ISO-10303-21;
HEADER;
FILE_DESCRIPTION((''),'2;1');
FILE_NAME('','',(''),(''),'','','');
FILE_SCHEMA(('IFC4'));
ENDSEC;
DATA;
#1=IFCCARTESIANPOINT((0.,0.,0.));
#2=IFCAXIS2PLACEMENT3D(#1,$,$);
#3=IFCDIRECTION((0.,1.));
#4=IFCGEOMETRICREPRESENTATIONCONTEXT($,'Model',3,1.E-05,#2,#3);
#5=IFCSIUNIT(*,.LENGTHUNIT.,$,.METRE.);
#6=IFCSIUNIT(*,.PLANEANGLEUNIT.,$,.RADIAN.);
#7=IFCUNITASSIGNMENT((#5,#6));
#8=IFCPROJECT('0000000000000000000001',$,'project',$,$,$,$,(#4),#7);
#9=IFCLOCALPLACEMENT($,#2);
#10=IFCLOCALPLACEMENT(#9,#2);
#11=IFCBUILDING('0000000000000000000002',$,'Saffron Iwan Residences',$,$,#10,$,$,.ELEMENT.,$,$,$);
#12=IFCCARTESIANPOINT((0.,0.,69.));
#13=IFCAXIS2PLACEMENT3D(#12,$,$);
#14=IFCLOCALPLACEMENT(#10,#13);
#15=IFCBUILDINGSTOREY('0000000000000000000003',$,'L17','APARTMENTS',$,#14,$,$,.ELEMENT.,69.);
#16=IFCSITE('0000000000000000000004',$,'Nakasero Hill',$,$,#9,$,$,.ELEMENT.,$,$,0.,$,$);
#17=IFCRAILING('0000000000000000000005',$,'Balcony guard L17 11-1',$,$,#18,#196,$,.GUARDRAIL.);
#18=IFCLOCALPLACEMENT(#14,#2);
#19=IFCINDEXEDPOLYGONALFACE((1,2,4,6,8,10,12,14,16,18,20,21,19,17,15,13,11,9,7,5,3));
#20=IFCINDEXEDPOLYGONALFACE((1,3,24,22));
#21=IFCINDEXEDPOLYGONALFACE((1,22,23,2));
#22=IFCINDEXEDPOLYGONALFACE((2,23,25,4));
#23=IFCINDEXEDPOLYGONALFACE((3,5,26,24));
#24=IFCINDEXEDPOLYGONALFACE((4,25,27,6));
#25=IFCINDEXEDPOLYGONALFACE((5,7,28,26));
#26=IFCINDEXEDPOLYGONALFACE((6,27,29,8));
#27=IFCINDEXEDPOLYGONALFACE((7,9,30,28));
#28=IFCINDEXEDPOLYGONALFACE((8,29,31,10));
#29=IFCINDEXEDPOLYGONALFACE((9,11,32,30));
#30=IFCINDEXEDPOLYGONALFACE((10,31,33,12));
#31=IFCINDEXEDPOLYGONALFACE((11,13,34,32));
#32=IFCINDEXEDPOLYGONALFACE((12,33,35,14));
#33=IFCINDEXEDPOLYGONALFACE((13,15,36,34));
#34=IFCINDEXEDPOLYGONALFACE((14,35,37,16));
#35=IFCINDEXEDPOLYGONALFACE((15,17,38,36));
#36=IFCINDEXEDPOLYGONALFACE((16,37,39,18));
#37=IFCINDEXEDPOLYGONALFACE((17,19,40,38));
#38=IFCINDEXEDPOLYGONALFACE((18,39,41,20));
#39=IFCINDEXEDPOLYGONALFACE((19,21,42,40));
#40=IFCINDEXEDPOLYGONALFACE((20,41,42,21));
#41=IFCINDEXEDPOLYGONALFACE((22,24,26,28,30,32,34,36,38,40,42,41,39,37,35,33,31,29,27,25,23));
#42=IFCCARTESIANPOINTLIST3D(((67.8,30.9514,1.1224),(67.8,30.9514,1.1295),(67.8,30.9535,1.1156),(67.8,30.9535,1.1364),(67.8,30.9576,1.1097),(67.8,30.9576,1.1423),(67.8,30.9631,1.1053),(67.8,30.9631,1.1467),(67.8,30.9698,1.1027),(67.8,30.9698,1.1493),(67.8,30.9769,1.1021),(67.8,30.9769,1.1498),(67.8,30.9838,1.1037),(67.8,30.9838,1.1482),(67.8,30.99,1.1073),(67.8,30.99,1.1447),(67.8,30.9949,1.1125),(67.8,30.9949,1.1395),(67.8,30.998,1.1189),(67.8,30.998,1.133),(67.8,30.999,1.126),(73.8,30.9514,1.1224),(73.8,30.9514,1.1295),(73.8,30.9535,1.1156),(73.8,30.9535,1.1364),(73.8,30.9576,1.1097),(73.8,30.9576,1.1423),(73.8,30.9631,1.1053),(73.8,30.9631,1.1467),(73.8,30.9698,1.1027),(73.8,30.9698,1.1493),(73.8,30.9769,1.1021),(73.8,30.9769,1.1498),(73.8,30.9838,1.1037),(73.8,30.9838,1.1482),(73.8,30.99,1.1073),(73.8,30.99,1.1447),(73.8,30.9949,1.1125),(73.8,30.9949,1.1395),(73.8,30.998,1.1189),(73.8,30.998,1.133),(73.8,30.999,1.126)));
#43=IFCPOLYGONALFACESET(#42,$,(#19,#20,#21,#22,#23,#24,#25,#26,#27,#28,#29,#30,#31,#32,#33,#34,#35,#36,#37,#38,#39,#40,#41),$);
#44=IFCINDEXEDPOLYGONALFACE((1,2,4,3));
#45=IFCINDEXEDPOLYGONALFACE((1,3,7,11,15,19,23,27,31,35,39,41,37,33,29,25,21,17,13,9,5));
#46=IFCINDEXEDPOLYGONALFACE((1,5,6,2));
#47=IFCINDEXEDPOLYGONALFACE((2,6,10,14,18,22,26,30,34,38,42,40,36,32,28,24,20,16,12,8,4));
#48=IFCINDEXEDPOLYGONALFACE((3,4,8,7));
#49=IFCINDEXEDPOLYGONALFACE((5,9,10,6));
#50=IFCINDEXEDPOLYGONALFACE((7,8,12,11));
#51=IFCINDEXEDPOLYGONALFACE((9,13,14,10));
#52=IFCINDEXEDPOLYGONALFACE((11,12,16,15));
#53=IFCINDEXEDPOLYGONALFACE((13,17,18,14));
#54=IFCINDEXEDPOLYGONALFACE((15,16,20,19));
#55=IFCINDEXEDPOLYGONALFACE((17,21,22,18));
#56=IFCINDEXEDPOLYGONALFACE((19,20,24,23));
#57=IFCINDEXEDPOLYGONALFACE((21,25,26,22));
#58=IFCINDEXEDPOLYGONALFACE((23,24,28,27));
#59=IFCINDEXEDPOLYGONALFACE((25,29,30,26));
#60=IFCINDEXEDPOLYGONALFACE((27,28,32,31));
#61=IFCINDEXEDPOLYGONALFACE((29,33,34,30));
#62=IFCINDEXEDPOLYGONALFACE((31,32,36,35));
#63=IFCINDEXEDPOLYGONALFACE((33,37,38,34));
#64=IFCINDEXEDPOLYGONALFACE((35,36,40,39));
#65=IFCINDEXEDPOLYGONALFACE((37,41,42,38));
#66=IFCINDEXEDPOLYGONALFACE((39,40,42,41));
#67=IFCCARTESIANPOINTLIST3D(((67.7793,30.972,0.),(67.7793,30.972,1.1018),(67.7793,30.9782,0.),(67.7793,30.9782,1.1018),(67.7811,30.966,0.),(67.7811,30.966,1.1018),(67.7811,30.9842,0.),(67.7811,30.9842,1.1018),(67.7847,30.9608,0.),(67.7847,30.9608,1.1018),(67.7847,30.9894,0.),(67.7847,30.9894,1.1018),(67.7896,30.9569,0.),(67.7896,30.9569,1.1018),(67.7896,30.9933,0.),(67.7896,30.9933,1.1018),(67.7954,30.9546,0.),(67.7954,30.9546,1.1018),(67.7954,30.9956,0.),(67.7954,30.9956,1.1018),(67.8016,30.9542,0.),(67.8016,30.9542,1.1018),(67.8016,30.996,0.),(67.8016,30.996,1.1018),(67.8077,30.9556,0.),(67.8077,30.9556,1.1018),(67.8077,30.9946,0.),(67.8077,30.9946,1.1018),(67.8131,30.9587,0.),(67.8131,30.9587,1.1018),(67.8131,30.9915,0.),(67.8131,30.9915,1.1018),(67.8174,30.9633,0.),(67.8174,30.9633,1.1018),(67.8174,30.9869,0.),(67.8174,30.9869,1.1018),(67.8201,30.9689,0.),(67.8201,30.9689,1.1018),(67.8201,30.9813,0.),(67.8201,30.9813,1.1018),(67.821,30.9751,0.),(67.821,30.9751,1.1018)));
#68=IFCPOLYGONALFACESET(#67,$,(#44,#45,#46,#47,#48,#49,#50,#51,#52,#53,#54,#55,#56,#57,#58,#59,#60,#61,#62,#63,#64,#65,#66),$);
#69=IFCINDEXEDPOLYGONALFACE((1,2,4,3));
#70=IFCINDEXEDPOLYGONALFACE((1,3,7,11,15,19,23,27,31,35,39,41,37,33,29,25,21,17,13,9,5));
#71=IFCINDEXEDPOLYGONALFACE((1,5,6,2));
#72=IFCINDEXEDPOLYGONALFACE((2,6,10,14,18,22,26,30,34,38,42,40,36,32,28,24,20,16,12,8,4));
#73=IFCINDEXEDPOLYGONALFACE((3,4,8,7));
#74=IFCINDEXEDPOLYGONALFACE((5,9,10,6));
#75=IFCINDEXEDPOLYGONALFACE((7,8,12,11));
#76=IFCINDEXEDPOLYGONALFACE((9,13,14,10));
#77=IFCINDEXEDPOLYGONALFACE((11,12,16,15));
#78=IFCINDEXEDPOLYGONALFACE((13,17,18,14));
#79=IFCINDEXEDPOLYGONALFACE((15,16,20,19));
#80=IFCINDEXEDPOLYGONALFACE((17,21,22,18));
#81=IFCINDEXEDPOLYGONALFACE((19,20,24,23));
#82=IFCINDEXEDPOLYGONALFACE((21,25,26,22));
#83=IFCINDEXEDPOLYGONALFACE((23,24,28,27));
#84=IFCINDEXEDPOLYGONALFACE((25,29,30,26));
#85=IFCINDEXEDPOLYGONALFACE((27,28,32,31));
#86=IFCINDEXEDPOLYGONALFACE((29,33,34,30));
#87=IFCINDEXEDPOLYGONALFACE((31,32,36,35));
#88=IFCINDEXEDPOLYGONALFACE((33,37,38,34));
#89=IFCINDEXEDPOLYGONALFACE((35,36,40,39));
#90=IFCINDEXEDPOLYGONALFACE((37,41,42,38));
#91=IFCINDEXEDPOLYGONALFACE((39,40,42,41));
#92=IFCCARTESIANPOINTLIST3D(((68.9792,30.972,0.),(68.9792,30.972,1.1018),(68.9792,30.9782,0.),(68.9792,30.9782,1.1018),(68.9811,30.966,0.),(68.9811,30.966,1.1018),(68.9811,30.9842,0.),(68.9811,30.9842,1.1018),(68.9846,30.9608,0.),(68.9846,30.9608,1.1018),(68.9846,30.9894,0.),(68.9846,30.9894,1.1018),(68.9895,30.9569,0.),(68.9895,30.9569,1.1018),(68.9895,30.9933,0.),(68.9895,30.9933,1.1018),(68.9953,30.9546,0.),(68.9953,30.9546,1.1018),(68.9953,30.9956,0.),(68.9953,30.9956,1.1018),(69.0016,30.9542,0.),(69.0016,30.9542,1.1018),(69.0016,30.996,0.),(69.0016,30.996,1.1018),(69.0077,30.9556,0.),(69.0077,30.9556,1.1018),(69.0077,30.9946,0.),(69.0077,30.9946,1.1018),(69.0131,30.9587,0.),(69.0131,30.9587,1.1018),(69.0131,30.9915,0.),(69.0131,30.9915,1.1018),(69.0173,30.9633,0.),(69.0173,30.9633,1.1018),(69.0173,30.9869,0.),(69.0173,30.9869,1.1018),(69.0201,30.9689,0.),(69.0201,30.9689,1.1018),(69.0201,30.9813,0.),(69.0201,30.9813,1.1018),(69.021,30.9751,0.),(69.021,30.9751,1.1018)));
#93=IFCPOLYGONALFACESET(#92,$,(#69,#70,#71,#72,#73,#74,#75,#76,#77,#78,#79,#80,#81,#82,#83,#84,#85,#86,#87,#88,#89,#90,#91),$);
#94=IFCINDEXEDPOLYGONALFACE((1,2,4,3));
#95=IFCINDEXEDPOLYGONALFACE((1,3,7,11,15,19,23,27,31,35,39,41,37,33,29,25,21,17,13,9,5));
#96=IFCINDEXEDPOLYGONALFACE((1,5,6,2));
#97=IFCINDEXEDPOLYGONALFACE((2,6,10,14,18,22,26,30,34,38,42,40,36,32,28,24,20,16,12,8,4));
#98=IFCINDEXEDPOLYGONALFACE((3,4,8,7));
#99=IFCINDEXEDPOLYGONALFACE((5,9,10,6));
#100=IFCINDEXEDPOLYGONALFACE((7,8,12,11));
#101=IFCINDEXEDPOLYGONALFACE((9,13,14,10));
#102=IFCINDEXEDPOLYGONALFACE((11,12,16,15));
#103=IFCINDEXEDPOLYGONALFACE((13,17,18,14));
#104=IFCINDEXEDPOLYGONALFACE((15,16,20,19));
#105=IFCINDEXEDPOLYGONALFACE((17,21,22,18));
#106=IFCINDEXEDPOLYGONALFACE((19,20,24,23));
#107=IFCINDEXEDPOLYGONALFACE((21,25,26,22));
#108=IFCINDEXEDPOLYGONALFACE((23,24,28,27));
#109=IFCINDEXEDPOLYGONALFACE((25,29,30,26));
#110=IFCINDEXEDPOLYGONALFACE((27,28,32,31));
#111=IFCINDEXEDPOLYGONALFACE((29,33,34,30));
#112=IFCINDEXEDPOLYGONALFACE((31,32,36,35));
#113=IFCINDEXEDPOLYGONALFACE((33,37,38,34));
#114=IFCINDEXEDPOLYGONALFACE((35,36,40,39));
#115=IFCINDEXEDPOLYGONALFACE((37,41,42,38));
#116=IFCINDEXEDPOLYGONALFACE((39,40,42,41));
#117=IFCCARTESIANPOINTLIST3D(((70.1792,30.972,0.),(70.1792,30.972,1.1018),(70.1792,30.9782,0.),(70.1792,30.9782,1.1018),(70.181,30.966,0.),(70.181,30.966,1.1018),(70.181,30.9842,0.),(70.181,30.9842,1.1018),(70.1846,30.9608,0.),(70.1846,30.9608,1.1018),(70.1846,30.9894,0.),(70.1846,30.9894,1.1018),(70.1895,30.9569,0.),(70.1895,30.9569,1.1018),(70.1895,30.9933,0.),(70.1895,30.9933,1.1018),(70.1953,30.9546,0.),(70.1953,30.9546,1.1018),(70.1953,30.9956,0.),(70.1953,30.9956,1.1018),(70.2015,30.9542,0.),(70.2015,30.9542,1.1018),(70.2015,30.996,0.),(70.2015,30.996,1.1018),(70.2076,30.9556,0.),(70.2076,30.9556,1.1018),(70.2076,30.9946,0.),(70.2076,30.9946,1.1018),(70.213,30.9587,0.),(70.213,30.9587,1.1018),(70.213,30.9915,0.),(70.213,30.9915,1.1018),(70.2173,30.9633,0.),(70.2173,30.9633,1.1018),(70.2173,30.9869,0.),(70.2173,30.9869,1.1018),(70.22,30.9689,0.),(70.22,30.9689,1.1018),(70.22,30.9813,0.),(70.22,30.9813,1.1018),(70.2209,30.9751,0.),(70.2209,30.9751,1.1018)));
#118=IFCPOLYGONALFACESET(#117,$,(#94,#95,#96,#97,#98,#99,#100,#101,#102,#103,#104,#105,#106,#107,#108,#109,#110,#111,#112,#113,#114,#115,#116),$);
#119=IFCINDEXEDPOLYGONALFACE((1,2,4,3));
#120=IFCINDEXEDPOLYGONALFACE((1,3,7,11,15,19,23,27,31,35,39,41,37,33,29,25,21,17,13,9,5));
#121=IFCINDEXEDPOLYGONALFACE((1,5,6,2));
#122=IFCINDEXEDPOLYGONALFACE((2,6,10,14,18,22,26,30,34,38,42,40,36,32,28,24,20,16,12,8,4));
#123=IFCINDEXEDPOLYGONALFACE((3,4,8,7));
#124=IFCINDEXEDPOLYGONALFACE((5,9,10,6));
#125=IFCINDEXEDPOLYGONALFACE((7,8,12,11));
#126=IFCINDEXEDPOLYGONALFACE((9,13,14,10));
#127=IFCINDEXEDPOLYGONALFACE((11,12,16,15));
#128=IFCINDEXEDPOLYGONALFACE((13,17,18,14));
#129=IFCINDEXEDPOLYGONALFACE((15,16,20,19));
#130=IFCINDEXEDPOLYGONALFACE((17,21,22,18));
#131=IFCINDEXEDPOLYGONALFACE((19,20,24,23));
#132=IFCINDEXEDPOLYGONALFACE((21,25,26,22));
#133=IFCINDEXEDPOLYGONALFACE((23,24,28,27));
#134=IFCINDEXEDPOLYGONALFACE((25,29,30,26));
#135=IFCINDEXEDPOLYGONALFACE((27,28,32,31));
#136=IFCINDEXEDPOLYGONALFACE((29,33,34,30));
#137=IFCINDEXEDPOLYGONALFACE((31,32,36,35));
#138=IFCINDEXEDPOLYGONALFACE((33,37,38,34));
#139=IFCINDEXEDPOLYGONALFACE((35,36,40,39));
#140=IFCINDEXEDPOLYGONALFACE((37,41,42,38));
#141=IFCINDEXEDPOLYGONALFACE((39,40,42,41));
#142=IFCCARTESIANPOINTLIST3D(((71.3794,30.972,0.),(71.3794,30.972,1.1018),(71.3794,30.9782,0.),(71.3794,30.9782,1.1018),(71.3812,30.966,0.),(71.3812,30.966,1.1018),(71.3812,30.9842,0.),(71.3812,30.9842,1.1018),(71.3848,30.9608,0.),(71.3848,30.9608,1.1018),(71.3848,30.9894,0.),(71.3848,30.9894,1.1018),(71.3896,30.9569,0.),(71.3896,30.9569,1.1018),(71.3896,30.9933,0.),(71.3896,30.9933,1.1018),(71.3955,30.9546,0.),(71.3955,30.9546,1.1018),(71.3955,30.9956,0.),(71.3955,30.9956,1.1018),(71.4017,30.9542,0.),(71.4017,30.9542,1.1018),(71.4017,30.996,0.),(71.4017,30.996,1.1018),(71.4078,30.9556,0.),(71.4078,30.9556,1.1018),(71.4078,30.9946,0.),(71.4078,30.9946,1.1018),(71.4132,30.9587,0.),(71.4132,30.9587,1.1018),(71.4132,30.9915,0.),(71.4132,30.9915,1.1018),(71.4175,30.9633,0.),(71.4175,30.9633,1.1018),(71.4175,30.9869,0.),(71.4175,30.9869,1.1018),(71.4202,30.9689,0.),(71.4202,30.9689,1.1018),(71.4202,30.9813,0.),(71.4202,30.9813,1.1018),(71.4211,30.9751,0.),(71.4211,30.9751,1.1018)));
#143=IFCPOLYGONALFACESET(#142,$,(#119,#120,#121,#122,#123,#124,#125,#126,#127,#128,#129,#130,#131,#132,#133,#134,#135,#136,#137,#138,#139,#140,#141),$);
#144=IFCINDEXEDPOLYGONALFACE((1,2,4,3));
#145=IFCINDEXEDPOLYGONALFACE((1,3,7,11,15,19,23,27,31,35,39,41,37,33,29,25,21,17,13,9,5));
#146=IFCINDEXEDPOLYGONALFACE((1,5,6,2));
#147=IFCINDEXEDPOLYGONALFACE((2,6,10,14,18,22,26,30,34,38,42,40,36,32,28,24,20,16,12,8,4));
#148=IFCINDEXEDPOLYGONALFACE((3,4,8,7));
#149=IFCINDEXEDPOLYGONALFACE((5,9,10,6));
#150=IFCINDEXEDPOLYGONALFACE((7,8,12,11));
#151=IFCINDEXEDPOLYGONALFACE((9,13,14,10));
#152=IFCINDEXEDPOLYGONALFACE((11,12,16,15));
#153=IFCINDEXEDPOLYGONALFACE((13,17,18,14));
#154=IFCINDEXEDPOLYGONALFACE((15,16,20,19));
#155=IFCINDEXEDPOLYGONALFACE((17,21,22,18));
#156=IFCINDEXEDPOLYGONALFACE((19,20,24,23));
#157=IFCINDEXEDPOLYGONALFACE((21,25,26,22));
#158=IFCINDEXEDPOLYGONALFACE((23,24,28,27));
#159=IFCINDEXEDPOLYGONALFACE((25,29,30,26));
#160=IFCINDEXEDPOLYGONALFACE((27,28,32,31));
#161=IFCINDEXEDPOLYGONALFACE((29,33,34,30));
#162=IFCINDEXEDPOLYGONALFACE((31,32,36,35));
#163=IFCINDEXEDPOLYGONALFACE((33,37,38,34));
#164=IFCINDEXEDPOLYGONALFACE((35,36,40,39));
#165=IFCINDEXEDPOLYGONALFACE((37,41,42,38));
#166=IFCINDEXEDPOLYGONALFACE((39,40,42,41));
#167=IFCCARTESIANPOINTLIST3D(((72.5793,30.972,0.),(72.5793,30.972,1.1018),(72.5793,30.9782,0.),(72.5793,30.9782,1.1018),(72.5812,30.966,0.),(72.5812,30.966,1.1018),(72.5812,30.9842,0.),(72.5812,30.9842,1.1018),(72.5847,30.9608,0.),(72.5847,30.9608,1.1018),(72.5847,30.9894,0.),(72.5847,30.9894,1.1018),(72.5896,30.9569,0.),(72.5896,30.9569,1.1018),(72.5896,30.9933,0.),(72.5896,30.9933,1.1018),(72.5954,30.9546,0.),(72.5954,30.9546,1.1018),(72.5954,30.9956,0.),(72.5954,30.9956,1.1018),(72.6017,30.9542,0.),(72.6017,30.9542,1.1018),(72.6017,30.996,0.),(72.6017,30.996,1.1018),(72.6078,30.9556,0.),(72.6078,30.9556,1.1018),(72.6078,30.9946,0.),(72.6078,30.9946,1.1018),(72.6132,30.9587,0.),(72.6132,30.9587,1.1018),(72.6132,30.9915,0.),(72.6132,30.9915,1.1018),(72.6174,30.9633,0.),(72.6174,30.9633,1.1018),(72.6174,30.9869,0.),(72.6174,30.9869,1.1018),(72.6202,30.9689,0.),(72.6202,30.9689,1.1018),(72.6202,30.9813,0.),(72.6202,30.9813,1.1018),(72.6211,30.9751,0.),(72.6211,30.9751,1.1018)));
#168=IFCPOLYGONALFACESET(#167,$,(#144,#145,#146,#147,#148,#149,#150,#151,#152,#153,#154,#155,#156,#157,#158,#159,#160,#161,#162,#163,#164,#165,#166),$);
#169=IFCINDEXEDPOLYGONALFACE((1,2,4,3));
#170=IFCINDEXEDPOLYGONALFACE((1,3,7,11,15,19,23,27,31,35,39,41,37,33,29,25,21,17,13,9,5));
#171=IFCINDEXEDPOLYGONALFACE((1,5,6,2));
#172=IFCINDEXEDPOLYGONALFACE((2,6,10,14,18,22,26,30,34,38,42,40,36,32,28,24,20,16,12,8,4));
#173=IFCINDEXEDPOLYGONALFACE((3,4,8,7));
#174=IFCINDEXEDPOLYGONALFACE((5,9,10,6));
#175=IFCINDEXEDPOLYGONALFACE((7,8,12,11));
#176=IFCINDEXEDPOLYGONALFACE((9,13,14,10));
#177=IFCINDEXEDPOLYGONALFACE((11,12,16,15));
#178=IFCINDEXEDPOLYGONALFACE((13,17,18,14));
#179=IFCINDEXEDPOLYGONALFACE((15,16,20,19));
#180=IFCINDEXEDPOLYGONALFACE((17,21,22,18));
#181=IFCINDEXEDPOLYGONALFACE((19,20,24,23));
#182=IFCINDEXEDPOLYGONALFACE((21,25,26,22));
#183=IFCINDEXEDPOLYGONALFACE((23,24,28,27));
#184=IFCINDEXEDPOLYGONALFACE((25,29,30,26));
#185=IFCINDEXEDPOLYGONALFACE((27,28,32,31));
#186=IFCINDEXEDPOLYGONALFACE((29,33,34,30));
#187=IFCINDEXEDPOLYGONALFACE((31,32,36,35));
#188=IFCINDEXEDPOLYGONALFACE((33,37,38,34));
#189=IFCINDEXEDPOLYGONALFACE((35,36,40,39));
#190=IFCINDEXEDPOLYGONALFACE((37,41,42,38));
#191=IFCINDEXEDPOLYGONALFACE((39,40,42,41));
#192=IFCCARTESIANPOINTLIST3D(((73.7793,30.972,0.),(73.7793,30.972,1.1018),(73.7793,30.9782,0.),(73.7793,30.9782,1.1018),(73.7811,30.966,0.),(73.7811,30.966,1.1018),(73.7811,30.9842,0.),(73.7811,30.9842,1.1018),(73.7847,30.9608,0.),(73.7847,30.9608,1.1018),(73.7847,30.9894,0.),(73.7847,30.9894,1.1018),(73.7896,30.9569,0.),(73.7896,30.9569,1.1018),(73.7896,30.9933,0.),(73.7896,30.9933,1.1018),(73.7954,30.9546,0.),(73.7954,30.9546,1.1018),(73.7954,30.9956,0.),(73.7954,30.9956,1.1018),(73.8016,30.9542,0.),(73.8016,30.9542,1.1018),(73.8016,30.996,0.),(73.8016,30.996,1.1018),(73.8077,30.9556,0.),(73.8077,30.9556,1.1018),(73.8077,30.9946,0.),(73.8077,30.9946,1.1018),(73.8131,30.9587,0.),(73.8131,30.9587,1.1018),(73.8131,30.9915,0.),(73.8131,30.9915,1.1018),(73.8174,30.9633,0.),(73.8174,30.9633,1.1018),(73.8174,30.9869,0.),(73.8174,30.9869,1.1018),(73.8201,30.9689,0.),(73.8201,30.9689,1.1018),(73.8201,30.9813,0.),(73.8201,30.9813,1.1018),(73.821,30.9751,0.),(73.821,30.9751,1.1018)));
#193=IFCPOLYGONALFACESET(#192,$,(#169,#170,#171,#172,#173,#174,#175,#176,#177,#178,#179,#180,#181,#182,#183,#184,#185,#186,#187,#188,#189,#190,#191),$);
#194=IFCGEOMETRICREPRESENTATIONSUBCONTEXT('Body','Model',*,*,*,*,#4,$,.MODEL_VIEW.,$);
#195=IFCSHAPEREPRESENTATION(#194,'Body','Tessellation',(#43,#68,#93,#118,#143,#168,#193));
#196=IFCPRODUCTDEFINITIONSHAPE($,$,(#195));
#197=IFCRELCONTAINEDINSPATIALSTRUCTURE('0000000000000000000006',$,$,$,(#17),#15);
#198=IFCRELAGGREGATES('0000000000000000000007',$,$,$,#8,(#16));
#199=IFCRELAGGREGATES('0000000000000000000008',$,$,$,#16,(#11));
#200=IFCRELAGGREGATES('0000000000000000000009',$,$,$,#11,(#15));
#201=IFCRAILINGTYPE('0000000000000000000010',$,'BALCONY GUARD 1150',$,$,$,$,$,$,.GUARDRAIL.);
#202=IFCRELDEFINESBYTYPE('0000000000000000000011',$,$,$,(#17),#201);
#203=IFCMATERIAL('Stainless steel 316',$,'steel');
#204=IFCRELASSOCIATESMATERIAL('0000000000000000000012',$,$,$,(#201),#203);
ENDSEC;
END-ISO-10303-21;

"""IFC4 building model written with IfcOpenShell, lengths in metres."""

from ifc_helpers import new_model, si_unit, direction, frame, origin, origin_2d, place, context, subcontext, project, spatial, circle, extrude, material, type_object, element, save


model = new_model("IFC4")

# Units and contexts
model_context = context("Model", 3, precision=1e-05, world=origin(), true_north=direction((0.0, 1.0)))
body_context = subcontext(model_context, "Body", "Model", "MODEL_VIEW")
ifc_project = project(units=[si_unit("LENGTHUNIT", "METRE"), si_unit("PLANEANGLEUNIT", "RADIAN")], contexts=[model_context])

# Site, building, storey
site_placement = place(None, origin())
site = spatial("IfcSite", under=ifc_project, at=site_placement, Name="Nakasero Hill", CompositionType="ELEMENT", RefElevation=0.0)
building_placement = place(site_placement, origin())
building = spatial("IfcBuilding", under=site, at=building_placement, Name="Saffron Iwan Residences", CompositionType="ELEMENT")
storey_placement = place(building_placement, frame((0.0, 0.0, 69.0)))
storey = spatial("IfcBuildingStorey", under=building, at=storey_placement, Name="L17", Description="APARTMENTS", CompositionType="ELEMENT", Elevation=69.0)

# Railing
ifc_material_1 = material(Name="Stainless steel 316", Category="steel")
railing_type = type_object("IfcRailingType", Name="BALCONY GUARD 1150", PredefinedType="GUARDRAIL", material=ifc_material_1)
railing_placement = place(storey_placement, frame((67.8, 30.9751, 0.0)))
element("IfcRailing", 1, at=railing_placement, inside=storey, type_object=railing_type, Name="Balcony guard L17 11-1", PredefinedType="GUARDRAIL", context=body_context, shape_type="SweptSolid", body=[
    extrude(circle(Radius=0.0239, at=origin_2d()), frame((0.0, 0.0, 1.126), z_axis=(1.0, 0.0, 0.0), x_axis=(0.0, 1.0, 0.0)), (0.0, 0.0, 1.0), 6.0),
    extrude(circle(Radius=0.021, at=origin_2d()), origin(), (0.0, 0.0, 1.0), 1.1018),
    extrude(circle(Radius=0.021, at=origin_2d()), frame((1.2, 0.0, 0.0)), (0.0, 0.0, 1.0), 1.1018),
    extrude(circle(Radius=0.021, at=origin_2d()), frame((2.3999, 0.0, 0.0)), (0.0, 0.0, 1.0), 1.1018),
    extrude(circle(Radius=0.021, at=origin_2d()), frame((3.6001, 0.0, 0.0)), (0.0, 0.0, 1.0), 1.1018),
    extrude(circle(Radius=0.021, at=origin_2d()), frame((4.8, 0.0, 0.0)), (0.0, 0.0, 1.0), 1.1018),
    extrude(circle(Radius=0.021, at=origin_2d()), frame((6.0, 0.0, 0.0)), (0.0, 0.0, 1.0), 1.1018),
])

save(model, "model.ifc")
